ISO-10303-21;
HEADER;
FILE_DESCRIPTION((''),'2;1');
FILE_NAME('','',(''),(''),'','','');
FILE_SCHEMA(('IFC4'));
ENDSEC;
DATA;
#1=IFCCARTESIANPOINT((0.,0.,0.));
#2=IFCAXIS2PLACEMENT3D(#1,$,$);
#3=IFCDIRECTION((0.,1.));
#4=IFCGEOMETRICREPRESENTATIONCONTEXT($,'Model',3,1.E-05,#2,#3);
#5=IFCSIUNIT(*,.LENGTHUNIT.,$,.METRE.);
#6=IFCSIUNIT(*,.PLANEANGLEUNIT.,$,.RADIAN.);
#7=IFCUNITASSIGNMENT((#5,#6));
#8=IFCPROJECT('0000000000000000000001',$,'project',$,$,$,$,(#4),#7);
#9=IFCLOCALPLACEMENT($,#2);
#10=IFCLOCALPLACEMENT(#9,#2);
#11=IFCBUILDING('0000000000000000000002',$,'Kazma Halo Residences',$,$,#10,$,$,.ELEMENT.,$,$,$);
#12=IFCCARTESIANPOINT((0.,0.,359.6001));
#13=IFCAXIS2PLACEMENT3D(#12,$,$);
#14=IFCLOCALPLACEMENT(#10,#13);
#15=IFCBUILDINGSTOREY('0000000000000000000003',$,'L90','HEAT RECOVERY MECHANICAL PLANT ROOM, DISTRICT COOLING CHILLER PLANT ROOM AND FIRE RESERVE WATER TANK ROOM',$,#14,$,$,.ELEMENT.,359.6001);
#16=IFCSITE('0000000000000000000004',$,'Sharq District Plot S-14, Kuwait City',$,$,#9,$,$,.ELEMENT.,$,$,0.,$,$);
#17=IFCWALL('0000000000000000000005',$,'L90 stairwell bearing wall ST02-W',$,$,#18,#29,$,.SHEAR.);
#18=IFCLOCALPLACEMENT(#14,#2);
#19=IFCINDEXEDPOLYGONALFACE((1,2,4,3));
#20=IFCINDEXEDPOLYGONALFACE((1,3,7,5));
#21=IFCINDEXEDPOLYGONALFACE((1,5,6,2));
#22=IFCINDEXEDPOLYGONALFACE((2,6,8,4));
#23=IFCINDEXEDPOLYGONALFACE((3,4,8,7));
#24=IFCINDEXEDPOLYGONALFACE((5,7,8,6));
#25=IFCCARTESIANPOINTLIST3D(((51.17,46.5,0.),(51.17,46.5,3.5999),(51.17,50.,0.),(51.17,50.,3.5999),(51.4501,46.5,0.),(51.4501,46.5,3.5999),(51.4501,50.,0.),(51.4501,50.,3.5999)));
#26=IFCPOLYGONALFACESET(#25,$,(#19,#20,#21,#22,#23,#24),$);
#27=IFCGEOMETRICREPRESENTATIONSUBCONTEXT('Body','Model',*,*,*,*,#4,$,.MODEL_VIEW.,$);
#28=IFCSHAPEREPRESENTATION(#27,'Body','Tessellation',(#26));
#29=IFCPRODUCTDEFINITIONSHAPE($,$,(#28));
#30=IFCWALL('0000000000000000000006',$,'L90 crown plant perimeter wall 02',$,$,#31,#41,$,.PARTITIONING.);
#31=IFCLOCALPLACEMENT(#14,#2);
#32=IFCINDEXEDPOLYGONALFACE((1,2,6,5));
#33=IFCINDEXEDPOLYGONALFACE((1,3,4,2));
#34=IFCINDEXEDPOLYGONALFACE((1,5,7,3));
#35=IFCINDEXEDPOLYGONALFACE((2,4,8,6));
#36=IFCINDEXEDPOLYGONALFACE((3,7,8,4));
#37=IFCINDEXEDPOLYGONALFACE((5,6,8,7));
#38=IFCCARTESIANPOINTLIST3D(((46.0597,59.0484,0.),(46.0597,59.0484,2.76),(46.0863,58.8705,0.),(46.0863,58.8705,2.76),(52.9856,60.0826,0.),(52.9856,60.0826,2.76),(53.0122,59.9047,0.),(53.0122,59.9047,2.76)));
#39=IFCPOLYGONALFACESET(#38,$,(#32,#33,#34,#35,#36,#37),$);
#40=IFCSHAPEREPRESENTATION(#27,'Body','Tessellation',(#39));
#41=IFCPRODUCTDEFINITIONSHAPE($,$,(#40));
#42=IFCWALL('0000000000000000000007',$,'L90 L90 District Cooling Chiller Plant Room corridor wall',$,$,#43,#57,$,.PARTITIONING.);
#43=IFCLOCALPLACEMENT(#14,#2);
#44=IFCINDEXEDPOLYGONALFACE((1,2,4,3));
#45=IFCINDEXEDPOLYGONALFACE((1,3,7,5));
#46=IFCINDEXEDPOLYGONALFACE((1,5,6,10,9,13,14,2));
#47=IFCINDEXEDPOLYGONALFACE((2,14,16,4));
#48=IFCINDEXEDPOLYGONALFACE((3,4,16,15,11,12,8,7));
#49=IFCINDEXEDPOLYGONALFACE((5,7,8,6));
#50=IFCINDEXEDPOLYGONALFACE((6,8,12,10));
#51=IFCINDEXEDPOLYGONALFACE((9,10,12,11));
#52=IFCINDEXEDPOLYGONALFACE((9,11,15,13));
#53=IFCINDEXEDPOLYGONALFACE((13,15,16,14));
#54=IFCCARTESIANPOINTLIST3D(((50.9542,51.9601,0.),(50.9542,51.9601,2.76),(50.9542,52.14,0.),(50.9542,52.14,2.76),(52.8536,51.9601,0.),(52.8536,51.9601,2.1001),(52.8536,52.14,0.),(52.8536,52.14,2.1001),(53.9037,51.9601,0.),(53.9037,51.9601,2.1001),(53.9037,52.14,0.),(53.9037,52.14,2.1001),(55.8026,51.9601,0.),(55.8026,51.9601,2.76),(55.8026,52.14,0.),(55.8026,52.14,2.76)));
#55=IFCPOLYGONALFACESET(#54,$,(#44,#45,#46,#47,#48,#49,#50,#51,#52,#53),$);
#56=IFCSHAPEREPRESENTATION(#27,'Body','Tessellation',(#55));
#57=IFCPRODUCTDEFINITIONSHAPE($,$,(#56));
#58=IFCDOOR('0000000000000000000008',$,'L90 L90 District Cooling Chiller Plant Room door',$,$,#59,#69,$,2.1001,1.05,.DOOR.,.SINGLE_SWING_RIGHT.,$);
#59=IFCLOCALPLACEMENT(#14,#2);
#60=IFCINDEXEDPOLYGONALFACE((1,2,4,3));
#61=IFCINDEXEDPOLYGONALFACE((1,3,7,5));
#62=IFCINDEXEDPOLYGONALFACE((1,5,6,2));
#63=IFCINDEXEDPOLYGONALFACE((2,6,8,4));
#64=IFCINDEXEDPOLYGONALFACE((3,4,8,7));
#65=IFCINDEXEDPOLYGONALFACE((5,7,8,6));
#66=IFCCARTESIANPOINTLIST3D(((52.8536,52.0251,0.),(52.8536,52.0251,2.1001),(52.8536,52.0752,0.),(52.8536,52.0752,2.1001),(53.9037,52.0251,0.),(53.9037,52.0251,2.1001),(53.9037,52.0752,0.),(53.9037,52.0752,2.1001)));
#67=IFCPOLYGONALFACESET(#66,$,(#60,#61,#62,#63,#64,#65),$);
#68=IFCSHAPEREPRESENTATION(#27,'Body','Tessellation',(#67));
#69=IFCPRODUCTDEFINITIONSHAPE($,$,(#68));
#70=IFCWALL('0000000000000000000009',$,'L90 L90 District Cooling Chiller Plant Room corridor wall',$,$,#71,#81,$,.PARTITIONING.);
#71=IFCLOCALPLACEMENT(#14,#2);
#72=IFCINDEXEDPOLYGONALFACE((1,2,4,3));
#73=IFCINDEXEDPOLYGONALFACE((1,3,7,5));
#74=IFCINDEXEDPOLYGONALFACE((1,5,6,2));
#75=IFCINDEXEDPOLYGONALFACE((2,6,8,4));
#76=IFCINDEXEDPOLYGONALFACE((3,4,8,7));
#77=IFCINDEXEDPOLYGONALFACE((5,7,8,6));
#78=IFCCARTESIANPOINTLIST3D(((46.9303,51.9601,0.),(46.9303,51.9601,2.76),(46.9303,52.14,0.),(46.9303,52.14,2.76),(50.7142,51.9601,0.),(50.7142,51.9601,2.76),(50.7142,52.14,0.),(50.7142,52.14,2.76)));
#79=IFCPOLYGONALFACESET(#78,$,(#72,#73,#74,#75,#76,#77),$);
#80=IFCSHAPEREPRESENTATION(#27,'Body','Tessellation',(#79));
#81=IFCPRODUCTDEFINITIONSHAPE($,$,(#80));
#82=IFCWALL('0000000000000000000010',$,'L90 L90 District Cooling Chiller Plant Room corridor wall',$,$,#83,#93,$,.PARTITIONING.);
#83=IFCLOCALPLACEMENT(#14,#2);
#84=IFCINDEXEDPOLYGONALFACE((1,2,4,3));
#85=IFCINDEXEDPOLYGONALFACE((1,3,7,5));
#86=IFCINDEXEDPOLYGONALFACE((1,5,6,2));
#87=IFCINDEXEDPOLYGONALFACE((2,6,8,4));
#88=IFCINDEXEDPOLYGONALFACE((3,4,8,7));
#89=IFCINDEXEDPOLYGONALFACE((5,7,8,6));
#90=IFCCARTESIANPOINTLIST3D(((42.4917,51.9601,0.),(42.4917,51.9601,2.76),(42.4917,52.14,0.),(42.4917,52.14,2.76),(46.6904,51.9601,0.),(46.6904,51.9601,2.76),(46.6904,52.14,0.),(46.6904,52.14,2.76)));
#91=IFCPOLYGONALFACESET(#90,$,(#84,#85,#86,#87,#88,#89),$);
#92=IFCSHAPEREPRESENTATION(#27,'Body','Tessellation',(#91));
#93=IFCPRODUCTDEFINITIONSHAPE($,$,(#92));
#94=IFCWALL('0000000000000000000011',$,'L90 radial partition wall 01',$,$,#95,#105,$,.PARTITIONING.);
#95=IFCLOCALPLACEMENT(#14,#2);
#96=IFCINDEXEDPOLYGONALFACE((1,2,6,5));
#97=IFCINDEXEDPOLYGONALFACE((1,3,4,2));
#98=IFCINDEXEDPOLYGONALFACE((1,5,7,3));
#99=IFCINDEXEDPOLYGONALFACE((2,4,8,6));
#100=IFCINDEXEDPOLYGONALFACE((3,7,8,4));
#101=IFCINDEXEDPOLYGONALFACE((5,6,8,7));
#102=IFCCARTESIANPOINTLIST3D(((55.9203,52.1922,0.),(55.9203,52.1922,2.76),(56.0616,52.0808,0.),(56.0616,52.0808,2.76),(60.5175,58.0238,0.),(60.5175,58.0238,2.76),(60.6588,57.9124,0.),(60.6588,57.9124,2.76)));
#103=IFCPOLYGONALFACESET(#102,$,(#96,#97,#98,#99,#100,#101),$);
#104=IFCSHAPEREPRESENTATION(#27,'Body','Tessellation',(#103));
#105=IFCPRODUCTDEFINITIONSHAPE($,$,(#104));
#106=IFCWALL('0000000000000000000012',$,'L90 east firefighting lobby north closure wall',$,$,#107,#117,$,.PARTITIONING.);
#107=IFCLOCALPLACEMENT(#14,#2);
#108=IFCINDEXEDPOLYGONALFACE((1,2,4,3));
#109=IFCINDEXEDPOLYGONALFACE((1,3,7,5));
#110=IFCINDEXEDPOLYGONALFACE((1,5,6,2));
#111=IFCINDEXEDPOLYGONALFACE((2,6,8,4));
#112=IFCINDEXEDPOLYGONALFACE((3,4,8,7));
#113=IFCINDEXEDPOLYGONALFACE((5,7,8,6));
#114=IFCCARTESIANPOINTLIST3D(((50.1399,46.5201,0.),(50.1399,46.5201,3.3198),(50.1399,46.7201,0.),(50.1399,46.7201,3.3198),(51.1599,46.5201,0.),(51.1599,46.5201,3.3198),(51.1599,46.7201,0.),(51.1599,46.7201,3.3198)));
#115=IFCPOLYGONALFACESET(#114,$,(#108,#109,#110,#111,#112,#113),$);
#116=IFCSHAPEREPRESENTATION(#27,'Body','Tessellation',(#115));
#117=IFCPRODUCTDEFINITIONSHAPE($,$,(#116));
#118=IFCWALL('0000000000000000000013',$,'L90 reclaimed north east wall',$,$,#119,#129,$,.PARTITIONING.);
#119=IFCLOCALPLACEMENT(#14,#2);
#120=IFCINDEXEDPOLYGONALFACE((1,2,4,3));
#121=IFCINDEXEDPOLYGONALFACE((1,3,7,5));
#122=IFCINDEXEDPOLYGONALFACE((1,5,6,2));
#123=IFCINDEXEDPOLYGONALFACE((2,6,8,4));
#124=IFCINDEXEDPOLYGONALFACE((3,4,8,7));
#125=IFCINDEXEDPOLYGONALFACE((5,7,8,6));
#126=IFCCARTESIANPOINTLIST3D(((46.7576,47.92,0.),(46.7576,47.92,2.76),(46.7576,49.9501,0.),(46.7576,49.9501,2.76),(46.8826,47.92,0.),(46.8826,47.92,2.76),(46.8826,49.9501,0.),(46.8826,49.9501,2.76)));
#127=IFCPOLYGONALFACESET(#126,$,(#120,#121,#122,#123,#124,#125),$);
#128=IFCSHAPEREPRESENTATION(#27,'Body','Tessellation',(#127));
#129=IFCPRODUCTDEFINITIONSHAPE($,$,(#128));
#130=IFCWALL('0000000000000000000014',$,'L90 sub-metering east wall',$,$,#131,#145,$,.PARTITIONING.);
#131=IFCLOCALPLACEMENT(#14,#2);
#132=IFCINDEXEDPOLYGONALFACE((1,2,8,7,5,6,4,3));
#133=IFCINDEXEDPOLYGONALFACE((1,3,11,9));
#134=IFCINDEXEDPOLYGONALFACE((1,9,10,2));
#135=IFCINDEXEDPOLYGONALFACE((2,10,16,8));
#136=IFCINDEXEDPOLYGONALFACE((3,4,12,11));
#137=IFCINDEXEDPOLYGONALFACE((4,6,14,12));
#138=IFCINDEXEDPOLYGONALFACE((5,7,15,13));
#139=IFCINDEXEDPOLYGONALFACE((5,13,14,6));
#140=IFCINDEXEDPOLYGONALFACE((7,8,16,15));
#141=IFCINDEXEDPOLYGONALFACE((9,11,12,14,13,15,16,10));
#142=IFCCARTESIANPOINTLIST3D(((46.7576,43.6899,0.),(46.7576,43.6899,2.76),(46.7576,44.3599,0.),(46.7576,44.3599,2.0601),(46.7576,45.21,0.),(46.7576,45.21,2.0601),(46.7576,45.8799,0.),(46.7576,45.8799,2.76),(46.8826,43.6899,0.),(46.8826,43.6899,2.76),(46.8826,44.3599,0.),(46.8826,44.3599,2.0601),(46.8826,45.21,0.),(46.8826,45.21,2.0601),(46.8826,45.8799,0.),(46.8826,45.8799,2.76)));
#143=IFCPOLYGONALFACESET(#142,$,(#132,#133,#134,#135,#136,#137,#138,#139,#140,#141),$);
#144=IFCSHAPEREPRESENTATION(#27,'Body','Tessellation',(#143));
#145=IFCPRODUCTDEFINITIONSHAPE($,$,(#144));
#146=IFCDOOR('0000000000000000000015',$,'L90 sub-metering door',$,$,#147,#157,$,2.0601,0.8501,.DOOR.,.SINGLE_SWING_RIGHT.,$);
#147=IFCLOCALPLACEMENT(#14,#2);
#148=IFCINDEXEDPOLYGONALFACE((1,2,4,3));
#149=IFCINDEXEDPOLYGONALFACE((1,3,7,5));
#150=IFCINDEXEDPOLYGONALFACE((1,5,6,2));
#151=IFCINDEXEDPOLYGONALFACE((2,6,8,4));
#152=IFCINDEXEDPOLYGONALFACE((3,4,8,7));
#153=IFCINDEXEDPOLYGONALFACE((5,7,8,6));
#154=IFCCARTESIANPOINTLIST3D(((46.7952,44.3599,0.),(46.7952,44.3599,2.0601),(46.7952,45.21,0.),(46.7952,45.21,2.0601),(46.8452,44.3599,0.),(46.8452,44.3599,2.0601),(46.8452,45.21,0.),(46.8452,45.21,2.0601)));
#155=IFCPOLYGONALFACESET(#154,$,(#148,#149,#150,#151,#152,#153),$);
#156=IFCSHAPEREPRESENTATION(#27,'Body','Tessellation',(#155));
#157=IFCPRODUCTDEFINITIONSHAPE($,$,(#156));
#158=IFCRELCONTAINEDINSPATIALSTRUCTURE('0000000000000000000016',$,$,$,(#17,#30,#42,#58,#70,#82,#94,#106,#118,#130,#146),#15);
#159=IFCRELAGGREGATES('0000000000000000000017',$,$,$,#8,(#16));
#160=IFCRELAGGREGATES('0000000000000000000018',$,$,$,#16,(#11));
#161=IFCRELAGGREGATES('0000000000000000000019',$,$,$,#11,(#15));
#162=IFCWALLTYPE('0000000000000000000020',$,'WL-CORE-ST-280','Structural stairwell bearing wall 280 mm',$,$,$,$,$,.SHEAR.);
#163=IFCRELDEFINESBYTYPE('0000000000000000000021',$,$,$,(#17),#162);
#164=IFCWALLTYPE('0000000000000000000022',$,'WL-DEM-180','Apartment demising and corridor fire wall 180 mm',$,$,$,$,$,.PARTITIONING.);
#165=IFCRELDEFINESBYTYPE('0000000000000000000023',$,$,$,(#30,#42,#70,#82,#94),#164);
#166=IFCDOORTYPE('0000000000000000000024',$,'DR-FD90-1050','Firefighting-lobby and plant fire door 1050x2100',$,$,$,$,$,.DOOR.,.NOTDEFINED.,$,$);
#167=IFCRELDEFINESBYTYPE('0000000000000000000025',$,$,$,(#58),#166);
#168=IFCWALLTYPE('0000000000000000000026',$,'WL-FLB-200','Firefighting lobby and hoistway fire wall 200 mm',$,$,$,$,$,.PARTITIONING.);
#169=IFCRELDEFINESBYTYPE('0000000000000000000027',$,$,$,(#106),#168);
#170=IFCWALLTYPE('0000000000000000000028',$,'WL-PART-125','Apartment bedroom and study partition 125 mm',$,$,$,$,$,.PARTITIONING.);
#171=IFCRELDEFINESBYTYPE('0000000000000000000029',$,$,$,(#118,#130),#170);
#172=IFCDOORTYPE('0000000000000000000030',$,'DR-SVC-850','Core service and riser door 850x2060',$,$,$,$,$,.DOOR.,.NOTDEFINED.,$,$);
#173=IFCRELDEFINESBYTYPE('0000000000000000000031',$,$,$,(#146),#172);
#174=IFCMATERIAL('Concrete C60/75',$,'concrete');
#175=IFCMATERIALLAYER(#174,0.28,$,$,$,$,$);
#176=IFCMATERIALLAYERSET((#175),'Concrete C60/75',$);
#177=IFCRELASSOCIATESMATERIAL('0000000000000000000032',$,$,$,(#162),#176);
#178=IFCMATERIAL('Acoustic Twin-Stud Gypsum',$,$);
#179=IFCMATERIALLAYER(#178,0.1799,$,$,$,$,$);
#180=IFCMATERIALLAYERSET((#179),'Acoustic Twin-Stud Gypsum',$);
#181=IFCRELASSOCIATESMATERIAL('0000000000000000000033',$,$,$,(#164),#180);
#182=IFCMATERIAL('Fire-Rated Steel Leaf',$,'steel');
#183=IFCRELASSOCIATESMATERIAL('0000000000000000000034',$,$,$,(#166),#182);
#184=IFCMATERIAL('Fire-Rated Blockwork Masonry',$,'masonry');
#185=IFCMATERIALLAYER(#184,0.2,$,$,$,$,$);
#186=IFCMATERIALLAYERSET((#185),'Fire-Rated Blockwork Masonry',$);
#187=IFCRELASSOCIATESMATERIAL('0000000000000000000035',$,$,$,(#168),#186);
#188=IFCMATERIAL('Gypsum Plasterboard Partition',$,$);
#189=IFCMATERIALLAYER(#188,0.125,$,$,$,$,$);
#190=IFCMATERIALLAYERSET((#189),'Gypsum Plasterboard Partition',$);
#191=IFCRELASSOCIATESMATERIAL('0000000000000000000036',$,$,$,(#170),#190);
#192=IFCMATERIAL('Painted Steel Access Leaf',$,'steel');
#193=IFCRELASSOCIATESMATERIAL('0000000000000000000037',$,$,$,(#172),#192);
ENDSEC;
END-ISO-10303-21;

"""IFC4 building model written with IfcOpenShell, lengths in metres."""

from ifc_helpers import new_model, si_unit, direction, frame, frame_2d, origin, place, context, subcontext, project, spatial, rectangle, extrude, material, layer, layer_set, type_object, element, fill, save


model = new_model("IFC4")

# Units and contexts
model_context = context("Model", 3, precision=1e-05, world=origin(), true_north=direction((0.0, 1.0)))
body_context = subcontext(model_context, "Body", "Model", "MODEL_VIEW")
ifc_project = project(units=[si_unit("LENGTHUNIT", "METRE"), si_unit("PLANEANGLEUNIT", "RADIAN")], contexts=[model_context])

# Site, building, storey
site_placement = place(None, origin())
site = spatial("IfcSite", under=ifc_project, at=site_placement, Name="Sharq District Plot S-14, Kuwait City", CompositionType="ELEMENT", RefElevation=0.0)
building_placement = place(site_placement, origin())
building = spatial("IfcBuilding", under=site, at=building_placement, Name="Kazma Halo Residences", CompositionType="ELEMENT")
storey_placement = place(building_placement, frame((0.0, 0.0, 359.6001)))
storey = spatial("IfcBuildingStorey", under=building, at=storey_placement, Name="L90", Description="HEAT RECOVERY MECHANICAL PLANT ROOM, DISTRICT COOLING CHILLER PLANT ROOM AND FIRE RESERVE WATER TANK ROOM", CompositionType="ELEMENT", Elevation=359.6001)

# Walls
ifc_material_1 = material(Name="Concrete C60/75", Category="concrete")
ifc_layer_1 = layer(ifc_material_1, 0.28)
ifc_layer_set_1 = layer_set([ifc_layer_1], Name="Concrete C60/75")
wall_type_1 = type_object("IfcWallType", Name="WL-CORE-ST-280", Description="Structural stairwell bearing wall 280 mm", PredefinedType="SHEAR", material=ifc_layer_set_1)
wall_1_placement = place(storey_placement, frame((51.3101, 46.5, 0.0), z_axis=(0.0, 0.0, 1.0), x_axis=(0.0, 1.0, 0.0)))
element("IfcWall", 1, at=wall_1_placement, inside=storey, type_object=wall_type_1, Name="L90 stairwell bearing wall ST02-W", PredefinedType="SHEAR", context=body_context, shape_type="SweptSolid", body=[
    extrude(rectangle(XDim=3.5, YDim=0.28, at=frame_2d((1.75, 0.0))), origin(), (0.0, 0.0, 1.0), 3.5999),
])
ifc_material_2 = material(Name="Acoustic Twin-Stud Gypsum")
ifc_layer_2 = layer(ifc_material_2, 0.1799)
ifc_layer_set_2 = layer_set([ifc_layer_2], Name="Acoustic Twin-Stud Gypsum")
wall_type_2 = type_object("IfcWallType", Name="WL-DEM-180", Description="Apartment demising and corridor fire wall 180 mm", PredefinedType="PARTITIONING", material=ifc_layer_set_2)
wall_2_placement = place(storey_placement, frame((52.999, 59.9937, 0.0), z_axis=(0.0, 0.0, 1.0), x_axis=(-0.989034, -0.147686, 0.0)))
element("IfcWall", 2, at=wall_2_placement, inside=storey, type_object=wall_type_2, Name="L90 crown plant perimeter wall 02", PredefinedType="PARTITIONING", context=body_context, shape_type="SweptSolid", body=[
    extrude(rectangle(XDim=7.0027, YDim=0.1799, at=frame_2d((3.5015, 0.0))), origin(), (0.0, 0.0, 1.0), 2.76),
])

# Wall, opening, door
wall_3_placement = place(storey_placement, frame((55.8027, 52.05, 0.0), z_axis=(0.0, 0.0, 1.0), x_axis=(-1.0, 0.0, 0.0)))
wall_3 = element("IfcWall", 3, at=wall_3_placement, inside=storey, type_object=wall_type_2, Name="L90 L90 District Cooling Chiller Plant Room corridor wall", PredefinedType="PARTITIONING", context=body_context, shape_type="SweptSolid", body=[
    extrude(rectangle(XDim=4.8484, YDim=0.1799, at=frame_2d((2.4243, 0.0))), origin(), (0.0, 0.0, 1.0), 2.76),
])
opening_1_placement = place(wall_3_placement, frame((1.8992, 0.0, 0.0)))
opening_1 = element("IfcOpeningElement", 4, at=opening_1_placement, cuts=wall_3, PredefinedType="OPENING", context=body_context, shape_type="SweptSolid", body=[
    extrude(rectangle(XDim=1.05, YDim=2.1001, at=frame_2d((0.5249, 1.05))), frame((0.0, 0.0999, 0.0), z_axis=(0.0, -1.0, 0.0), x_axis=(1.0, 0.0, 0.0)), (0.0, 0.0, 1.0), 0.2),
])
ifc_material_3 = material(Name="Fire-Rated Steel Leaf", Category="steel")
door_type_1 = type_object("IfcDoorType", Name="DR-FD90-1050", Description="Firefighting-lobby and plant fire door 1050x2100", OperationType="NOTDEFINED", PredefinedType="DOOR", material=ifc_material_3)
door_1_placement = place(opening_1_placement, origin())
door_1 = element("IfcDoor", 5, at=door_1_placement, inside=storey, type_object=door_type_1, Name="L90 L90 District Cooling Chiller Plant Room door", OperationType="SINGLE_SWING_RIGHT", OverallHeight=2.1001, OverallWidth=1.05, PredefinedType="DOOR", context=body_context, shape_type="SweptSolid", body=[
    extrude(rectangle(XDim=1.05, YDim=2.1001, at=frame_2d((0.5249, 1.05))), frame((0.0, 0.0249, 0.0), z_axis=(0.0, -1.0, 0.0), x_axis=(1.0, 0.0, 0.0)), (0.0, 0.0, 1.0), 0.05),
])
fill(opening_1, door_1)

# Walls
wall_4_placement = place(storey_placement, frame((50.7144, 52.05, 0.0), z_axis=(0.0, 0.0, 1.0), x_axis=(-1.0, 0.0, 0.0)))
element("IfcWall", 6, at=wall_4_placement, inside=storey, type_object=wall_type_2, Name="L90 L90 District Cooling Chiller Plant Room corridor wall", PredefinedType="PARTITIONING", context=body_context, shape_type="SweptSolid", body=[
    extrude(rectangle(XDim=3.7839, YDim=0.1799, at=frame_2d((1.8921, 0.0))), origin(), (0.0, 0.0, 1.0), 2.76),
])
wall_5_placement = place(storey_placement, frame((46.6904, 52.05, 0.0), z_axis=(0.0, 0.0, 1.0), x_axis=(-1.0, 0.0, 0.0)))
element("IfcWall", 7, at=wall_5_placement, inside=storey, type_object=wall_type_2, Name="L90 L90 District Cooling Chiller Plant Room corridor wall", PredefinedType="PARTITIONING", context=body_context, shape_type="SweptSolid", body=[
    extrude(rectangle(XDim=4.1987, YDim=0.1799, at=frame_2d((2.0994, 0.0))), origin(), (0.0, 0.0, 1.0), 2.76),
])
wall_6_placement = place(storey_placement, frame((55.991, 52.1365, 0.0), z_axis=(0.0, 0.0, 1.0), x_axis=(0.61909, 0.78532, 0.0)))
element("IfcWall", 8, at=wall_6_placement, inside=storey, type_object=wall_type_2, Name="L90 radial partition wall 01", PredefinedType="PARTITIONING", context=body_context, shape_type="SweptSolid", body=[
    extrude(rectangle(XDim=7.4258, YDim=0.1799, at=frame_2d((3.7129, 0.0))), origin(), (0.0, 0.0, 1.0), 2.76),
])
ifc_material_4 = material(Name="Fire-Rated Blockwork Masonry", Category="masonry")
ifc_layer_3 = layer(ifc_material_4, 0.2)
ifc_layer_set_3 = layer_set([ifc_layer_3], Name="Fire-Rated Blockwork Masonry")
wall_type_3 = type_object("IfcWallType", Name="WL-FLB-200", Description="Firefighting lobby and hoistway fire wall 200 mm", PredefinedType="PARTITIONING", material=ifc_layer_set_3)
wall_7_placement = place(storey_placement, frame((50.1399, 46.6201, 0.0), z_axis=(0.0, 0.0, 1.0), x_axis=(1.0, 0.0, 0.0)))
element("IfcWall", 9, at=wall_7_placement, inside=storey, type_object=wall_type_3, Name="L90 east firefighting lobby north closure wall", PredefinedType="PARTITIONING", context=body_context, shape_type="SweptSolid", body=[
    extrude(rectangle(XDim=1.02, YDim=0.2, at=frame_2d((0.51, 0.0))), origin(), (0.0, 0.0, 1.0), 3.3198),
])
ifc_material_5 = material(Name="Gypsum Plasterboard Partition")
ifc_layer_4 = layer(ifc_material_5, 0.125)
ifc_layer_set_4 = layer_set([ifc_layer_4], Name="Gypsum Plasterboard Partition")
wall_type_4 = type_object("IfcWallType", Name="WL-PART-125", Description="Apartment bedroom and study partition 125 mm", PredefinedType="PARTITIONING", material=ifc_layer_set_4)
wall_8_placement = place(storey_placement, frame((46.8201, 47.9199, 0.0), z_axis=(0.0, 0.0, 1.0), x_axis=(0.0, 1.0, 0.0)))
element("IfcWall", 10, at=wall_8_placement, inside=storey, type_object=wall_type_4, Name="L90 reclaimed north east wall", PredefinedType="PARTITIONING", context=body_context, shape_type="SweptSolid", body=[
    extrude(rectangle(XDim=2.03, YDim=0.125, at=frame_2d((1.0151, 0.0))), origin(), (0.0, 0.0, 1.0), 2.76),
])

# Wall, opening, door
wall_9_placement = place(storey_placement, frame((46.8201, 43.6899, 0.0), z_axis=(0.0, 0.0, 1.0), x_axis=(0.0, 1.0, 0.0)))
wall_9 = element("IfcWall", 11, at=wall_9_placement, inside=storey, type_object=wall_type_4, Name="L90 sub-metering east wall", PredefinedType="PARTITIONING", context=body_context, shape_type="SweptSolid", body=[
    extrude(rectangle(XDim=2.1899, YDim=0.125, at=frame_2d((1.095, 0.0))), origin(), (0.0, 0.0, 1.0), 2.76),
])
opening_2_placement = place(wall_9_placement, frame((0.6699, 0.0, 0.0)))
opening_2 = element("IfcOpeningElement", 12, at=opening_2_placement, cuts=wall_9, PredefinedType="OPENING", context=body_context, shape_type="SweptSolid", body=[
    extrude(rectangle(XDim=0.8501, YDim=2.0601, at=frame_2d((0.425, 1.03))), frame((0.0, 0.0725, 0.0), z_axis=(0.0, -1.0, 0.0), x_axis=(1.0, 0.0, 0.0)), (0.0, 0.0, 1.0), 0.145),
])
ifc_material_6 = material(Name="Painted Steel Access Leaf", Category="steel")
door_type_2 = type_object("IfcDoorType", Name="DR-SVC-850", Description="Core service and riser door 850x2060", OperationType="NOTDEFINED", PredefinedType="DOOR", material=ifc_material_6)
door_2_placement = place(opening_2_placement, origin())
door_2 = element("IfcDoor", 13, at=door_2_placement, inside=storey, type_object=door_type_2, Name="L90 sub-metering door", OperationType="SINGLE_SWING_RIGHT", OverallHeight=2.0601, OverallWidth=0.8501, PredefinedType="DOOR", context=body_context, shape_type="SweptSolid", body=[
    extrude(rectangle(XDim=0.8501, YDim=2.0601, at=frame_2d((0.425, 1.03))), frame((0.0, 0.0249, 0.0), z_axis=(0.0, -1.0, 0.0), x_axis=(1.0, 0.0, 0.0)), (0.0, 0.0, 1.0), 0.05),
])
fill(opening_2, door_2)

save(model, "model.ifc")
